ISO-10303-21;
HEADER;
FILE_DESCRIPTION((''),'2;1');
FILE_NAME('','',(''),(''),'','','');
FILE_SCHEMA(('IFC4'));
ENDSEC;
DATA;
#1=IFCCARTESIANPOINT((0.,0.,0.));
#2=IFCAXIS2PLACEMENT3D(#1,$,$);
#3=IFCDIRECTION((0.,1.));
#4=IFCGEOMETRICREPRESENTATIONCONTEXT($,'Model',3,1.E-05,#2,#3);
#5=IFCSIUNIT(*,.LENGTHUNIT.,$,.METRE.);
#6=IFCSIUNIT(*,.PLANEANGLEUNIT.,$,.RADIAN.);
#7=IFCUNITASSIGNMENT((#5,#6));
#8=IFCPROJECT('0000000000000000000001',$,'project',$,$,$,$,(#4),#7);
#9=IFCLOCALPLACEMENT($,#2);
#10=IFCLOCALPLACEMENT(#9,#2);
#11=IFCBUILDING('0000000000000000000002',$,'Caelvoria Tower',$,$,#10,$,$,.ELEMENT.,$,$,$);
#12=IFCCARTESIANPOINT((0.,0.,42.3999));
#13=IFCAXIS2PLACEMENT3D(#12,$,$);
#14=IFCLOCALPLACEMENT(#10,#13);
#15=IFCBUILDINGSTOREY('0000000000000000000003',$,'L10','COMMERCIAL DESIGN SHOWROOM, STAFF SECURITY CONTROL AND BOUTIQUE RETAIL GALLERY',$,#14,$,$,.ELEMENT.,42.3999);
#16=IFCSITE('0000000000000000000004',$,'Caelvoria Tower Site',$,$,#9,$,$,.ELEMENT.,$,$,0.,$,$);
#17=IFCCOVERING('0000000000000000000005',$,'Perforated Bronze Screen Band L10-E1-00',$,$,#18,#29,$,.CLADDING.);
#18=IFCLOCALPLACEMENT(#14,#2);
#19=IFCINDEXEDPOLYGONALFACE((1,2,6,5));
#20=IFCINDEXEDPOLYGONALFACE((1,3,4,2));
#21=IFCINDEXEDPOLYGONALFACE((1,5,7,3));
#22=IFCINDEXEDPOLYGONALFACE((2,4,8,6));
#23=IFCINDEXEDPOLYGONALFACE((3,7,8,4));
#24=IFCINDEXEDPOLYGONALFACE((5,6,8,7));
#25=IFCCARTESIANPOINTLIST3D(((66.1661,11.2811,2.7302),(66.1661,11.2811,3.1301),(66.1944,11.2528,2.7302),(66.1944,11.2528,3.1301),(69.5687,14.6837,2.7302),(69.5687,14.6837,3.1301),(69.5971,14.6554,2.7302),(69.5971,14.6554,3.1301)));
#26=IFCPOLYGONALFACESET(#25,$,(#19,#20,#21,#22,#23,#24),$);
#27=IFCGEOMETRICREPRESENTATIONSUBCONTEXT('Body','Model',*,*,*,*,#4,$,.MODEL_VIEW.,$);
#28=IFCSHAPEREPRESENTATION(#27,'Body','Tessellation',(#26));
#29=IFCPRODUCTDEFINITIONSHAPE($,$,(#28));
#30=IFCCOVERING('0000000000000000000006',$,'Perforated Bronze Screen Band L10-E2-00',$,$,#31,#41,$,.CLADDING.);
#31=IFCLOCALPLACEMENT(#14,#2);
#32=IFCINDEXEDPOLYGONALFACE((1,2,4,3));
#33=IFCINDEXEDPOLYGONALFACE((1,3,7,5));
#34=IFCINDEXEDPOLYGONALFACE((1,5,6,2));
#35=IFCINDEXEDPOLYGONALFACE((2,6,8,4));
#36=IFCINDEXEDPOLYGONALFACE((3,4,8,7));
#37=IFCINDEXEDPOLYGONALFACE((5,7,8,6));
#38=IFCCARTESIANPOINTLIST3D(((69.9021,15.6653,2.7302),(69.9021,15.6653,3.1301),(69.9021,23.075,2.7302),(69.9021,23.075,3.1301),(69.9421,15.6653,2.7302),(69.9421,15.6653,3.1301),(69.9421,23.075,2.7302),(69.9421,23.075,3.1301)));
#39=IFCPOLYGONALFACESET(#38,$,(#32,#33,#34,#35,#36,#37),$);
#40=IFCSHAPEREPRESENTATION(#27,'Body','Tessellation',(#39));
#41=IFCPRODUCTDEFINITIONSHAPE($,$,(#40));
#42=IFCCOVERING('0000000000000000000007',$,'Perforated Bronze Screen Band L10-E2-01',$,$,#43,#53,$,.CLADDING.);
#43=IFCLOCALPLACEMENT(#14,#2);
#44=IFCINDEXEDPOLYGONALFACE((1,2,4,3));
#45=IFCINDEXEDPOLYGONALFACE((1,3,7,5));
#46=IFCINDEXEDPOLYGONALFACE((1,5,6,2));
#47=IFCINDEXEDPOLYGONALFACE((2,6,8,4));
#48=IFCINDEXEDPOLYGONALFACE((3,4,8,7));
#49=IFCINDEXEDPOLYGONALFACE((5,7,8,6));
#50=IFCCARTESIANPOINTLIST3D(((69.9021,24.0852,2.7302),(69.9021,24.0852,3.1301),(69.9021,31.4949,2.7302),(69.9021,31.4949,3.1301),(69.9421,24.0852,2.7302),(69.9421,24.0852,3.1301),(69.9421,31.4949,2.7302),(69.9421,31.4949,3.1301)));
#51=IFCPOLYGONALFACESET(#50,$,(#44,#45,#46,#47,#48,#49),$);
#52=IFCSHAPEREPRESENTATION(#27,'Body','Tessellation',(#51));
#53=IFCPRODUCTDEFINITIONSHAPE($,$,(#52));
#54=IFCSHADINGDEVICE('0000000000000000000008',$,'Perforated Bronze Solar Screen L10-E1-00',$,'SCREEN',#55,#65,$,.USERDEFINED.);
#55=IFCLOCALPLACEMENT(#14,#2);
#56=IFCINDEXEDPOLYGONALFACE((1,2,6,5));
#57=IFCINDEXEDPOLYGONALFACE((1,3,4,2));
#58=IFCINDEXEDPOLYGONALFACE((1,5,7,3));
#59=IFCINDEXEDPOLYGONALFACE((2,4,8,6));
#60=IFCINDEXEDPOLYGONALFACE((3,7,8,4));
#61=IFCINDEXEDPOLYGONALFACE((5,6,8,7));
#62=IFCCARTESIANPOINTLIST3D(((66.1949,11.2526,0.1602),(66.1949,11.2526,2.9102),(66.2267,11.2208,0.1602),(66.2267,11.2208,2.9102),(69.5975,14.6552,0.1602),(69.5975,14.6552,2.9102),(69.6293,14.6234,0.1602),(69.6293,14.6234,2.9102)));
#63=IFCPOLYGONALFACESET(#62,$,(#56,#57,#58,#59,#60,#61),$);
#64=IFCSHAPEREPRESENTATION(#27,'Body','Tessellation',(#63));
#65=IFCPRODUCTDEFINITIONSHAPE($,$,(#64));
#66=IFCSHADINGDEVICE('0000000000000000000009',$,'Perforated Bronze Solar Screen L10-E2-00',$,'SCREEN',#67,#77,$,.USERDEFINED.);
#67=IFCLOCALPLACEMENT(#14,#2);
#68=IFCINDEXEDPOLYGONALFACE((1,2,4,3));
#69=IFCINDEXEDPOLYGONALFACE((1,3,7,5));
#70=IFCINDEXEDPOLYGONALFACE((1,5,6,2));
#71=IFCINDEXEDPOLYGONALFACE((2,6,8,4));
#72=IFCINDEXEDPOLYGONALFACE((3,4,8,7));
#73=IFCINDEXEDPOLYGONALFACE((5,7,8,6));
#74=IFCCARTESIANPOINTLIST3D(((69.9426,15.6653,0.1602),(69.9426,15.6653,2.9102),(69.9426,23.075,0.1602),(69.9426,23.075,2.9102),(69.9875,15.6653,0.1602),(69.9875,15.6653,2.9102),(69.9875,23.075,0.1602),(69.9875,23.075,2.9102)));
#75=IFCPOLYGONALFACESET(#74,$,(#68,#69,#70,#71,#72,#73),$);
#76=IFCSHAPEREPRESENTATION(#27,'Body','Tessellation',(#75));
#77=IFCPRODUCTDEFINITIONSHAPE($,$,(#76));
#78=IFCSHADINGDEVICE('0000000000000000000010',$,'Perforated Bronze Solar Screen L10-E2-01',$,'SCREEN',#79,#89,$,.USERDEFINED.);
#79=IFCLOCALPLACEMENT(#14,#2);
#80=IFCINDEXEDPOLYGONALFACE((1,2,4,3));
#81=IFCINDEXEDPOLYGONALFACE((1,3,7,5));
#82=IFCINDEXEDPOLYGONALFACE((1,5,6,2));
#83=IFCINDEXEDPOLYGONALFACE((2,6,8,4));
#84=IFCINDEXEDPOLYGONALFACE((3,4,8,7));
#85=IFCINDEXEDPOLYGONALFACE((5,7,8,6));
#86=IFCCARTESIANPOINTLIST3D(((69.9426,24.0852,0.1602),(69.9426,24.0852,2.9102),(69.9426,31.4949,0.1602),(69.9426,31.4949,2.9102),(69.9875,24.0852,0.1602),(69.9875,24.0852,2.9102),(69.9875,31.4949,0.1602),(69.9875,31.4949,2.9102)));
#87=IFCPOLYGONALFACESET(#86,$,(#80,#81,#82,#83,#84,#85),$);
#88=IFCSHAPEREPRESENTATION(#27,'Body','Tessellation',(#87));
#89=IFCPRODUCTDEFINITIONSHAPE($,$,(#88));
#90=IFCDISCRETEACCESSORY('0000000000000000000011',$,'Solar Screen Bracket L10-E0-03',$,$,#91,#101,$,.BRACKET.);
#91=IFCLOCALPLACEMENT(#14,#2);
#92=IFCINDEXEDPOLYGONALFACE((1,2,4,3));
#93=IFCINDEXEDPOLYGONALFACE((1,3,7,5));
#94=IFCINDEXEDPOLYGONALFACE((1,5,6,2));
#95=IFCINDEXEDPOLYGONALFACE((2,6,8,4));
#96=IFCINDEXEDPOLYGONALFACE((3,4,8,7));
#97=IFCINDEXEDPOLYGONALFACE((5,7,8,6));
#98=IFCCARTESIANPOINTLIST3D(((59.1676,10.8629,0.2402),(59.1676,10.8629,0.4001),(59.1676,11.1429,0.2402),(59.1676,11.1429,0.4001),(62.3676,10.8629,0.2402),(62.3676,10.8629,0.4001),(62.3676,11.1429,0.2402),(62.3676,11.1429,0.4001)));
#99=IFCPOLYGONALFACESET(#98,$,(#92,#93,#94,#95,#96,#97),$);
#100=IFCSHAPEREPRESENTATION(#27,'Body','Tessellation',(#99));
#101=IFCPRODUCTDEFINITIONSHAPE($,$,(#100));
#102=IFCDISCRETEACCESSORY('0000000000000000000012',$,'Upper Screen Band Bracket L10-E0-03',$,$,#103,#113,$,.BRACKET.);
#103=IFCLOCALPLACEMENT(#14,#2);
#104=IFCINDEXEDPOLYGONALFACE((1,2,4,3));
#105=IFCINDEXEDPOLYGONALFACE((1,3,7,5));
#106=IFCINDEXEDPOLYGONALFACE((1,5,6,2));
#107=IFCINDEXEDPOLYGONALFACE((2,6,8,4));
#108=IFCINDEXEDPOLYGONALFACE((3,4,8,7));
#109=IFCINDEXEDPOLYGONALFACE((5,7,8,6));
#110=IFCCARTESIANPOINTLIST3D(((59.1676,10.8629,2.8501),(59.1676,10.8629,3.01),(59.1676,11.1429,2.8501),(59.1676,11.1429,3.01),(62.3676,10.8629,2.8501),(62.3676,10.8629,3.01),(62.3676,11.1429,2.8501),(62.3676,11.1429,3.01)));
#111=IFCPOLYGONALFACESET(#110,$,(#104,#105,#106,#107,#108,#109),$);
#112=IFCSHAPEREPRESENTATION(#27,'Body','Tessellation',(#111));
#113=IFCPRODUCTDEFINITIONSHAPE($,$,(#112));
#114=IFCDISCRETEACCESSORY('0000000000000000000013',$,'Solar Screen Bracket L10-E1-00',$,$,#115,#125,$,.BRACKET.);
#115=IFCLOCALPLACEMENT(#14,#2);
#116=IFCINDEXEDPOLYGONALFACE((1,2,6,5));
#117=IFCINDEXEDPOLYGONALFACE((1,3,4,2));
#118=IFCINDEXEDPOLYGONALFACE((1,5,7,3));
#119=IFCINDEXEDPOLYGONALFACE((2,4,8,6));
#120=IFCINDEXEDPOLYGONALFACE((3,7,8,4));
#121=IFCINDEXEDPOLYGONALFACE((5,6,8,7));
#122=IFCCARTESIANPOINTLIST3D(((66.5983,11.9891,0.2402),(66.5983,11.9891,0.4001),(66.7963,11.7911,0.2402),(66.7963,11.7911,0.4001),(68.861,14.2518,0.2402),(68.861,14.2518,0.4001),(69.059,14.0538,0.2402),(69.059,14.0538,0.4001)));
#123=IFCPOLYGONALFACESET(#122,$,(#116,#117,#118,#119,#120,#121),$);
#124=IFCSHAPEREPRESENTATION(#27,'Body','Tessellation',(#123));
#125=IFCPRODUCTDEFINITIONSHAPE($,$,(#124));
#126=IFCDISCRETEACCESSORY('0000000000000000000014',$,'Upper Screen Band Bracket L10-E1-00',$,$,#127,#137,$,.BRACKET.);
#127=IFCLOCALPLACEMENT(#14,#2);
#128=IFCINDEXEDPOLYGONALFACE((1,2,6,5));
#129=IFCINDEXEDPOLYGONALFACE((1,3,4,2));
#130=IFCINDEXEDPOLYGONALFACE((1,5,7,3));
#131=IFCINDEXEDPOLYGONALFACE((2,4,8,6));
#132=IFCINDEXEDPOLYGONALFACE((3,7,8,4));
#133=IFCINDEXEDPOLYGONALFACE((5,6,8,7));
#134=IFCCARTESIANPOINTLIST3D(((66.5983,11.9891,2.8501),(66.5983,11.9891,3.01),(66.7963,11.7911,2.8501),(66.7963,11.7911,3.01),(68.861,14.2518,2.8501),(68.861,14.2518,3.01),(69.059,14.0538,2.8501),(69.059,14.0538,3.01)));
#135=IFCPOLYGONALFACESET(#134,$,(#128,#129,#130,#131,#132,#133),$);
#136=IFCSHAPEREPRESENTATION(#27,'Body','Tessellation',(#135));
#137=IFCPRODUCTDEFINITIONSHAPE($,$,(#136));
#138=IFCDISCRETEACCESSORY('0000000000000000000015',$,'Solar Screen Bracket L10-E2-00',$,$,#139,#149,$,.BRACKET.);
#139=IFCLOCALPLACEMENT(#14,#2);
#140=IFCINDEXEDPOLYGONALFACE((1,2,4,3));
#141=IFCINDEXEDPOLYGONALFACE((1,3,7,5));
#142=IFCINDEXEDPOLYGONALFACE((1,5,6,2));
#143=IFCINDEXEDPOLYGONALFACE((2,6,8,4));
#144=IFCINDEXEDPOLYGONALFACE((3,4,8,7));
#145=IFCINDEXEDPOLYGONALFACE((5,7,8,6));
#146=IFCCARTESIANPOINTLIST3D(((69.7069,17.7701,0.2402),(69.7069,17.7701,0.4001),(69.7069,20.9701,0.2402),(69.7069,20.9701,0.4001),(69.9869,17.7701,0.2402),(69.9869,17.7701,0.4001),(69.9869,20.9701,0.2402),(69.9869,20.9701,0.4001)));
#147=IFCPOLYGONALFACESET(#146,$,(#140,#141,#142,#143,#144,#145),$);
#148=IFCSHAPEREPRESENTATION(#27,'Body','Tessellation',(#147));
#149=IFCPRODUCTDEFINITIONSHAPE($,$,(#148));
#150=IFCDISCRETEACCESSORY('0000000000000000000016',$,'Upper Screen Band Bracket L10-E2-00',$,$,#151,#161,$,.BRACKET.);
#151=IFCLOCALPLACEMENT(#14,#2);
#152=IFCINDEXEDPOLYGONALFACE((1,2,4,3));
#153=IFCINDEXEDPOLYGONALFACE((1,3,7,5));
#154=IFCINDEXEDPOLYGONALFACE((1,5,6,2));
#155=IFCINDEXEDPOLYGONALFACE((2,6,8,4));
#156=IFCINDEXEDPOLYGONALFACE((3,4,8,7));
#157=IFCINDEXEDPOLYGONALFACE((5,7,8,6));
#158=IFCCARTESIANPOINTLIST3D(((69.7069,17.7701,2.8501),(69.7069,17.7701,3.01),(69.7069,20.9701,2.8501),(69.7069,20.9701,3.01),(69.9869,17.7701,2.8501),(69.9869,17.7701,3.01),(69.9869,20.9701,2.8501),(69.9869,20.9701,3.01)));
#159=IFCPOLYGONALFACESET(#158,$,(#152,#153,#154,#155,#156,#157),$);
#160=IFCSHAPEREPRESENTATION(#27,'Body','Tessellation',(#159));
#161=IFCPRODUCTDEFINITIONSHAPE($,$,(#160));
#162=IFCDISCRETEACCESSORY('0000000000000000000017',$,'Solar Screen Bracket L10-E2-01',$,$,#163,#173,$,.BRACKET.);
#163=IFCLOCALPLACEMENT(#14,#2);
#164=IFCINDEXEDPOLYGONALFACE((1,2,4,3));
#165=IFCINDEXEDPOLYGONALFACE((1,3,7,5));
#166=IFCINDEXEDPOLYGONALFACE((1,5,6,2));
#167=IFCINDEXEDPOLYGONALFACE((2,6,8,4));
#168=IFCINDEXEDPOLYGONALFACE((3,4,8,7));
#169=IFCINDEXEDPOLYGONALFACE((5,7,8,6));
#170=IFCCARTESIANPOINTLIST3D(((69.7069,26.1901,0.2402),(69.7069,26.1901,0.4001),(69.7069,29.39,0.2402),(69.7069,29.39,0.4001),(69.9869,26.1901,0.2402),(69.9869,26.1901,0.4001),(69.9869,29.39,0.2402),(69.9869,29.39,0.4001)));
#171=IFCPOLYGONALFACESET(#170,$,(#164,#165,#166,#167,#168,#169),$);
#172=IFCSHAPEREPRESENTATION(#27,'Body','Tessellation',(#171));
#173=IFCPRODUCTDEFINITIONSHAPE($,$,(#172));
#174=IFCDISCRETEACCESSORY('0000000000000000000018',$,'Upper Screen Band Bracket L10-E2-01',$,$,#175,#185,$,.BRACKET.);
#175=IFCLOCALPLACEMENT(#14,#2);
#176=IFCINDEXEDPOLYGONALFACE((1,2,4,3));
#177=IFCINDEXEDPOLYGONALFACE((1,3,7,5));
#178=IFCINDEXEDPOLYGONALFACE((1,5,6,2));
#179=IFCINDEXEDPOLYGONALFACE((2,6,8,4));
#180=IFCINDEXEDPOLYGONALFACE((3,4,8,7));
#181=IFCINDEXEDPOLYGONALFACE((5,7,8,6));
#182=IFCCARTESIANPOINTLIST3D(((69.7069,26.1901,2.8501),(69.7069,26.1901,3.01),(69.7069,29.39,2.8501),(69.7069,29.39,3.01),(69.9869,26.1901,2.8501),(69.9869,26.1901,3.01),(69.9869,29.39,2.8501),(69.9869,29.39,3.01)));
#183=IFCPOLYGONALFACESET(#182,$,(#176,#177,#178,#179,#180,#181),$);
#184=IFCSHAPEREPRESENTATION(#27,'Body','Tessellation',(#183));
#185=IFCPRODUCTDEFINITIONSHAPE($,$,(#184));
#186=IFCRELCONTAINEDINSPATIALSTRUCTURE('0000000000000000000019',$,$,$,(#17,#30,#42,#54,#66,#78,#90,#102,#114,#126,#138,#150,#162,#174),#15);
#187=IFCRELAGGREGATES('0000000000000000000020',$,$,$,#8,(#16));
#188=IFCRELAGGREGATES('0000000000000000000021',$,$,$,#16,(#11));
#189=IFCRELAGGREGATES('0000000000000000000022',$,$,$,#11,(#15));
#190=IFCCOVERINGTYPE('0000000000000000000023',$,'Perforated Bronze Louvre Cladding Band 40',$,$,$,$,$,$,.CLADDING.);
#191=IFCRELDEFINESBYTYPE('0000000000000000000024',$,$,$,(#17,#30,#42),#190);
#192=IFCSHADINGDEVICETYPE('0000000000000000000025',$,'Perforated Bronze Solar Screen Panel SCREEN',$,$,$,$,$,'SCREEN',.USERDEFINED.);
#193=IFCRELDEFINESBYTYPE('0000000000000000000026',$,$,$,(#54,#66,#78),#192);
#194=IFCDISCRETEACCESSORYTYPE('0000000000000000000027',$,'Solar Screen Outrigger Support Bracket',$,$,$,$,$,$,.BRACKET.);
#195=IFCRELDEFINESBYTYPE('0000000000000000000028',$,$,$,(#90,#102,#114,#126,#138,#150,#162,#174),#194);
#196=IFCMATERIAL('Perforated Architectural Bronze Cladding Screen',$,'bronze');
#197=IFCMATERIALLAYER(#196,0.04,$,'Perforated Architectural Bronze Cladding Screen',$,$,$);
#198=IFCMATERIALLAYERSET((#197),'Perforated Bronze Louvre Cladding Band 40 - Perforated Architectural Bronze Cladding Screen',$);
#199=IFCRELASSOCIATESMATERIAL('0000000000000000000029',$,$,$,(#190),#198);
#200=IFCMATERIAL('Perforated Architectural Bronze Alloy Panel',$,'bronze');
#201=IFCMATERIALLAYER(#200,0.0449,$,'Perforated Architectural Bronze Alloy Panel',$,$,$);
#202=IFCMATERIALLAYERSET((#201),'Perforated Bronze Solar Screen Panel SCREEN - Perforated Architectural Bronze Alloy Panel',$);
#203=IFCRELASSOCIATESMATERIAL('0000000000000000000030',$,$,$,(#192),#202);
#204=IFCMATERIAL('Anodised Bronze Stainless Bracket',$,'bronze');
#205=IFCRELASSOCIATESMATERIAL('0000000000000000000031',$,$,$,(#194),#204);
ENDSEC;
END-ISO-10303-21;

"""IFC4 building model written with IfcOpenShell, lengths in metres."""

from ifc_helpers import new_model, si_unit, direction, frame, origin, origin_2d, place, context, subcontext, project, spatial, rectangle, extrude, material, layer, layer_set, type_object, element, save


model = new_model("IFC4")

# Units and contexts
model_context = context("Model", 3, precision=1e-05, world=origin(), true_north=direction((0.0, 1.0)))
body_context = subcontext(model_context, "Body", "Model", "MODEL_VIEW")
ifc_project = project(units=[si_unit("LENGTHUNIT", "METRE"), si_unit("PLANEANGLEUNIT", "RADIAN")], contexts=[model_context])

# Site, building, storey
site_placement = place(None, origin())
site = spatial("IfcSite", under=ifc_project, at=site_placement, Name="Caelvoria Tower Site", CompositionType="ELEMENT", RefElevation=0.0)
building_placement = place(site_placement, origin())
building = spatial("IfcBuilding", under=site, at=building_placement, Name="Caelvoria Tower", CompositionType="ELEMENT")
storey_placement = place(building_placement, frame((0.0, 0.0, 42.3999)))
storey = spatial("IfcBuildingStorey", under=building, at=storey_placement, Name="L10", Description="COMMERCIAL DESIGN SHOWROOM, STAFF SECURITY CONTROL AND BOUTIQUE RETAIL GALLERY", CompositionType="ELEMENT", Elevation=42.3999)

# Coverings
ifc_material_1 = material(Name="Perforated Architectural Bronze Cladding Screen", Category="bronze")
ifc_layer_1 = layer(ifc_material_1, 0.04, Name="Perforated Architectural Bronze Cladding Screen")
ifc_layer_set_1 = layer_set([ifc_layer_1], Name="Perforated Bronze Louvre Cladding Band 40 - Perforated Architectural Bronze Cladding Screen")
covering_type = type_object("IfcCoveringType", Name="Perforated Bronze Louvre Cladding Band 40", PredefinedType="CLADDING", material=ifc_layer_set_1)
covering_1_placement = place(storey_placement, frame((67.8816, 12.9683, 2.7302), z_axis=(0.0, 0.0, 1.0), x_axis=(0.707107, 0.707107, 0.0)))
element("IfcCovering", 1, at=covering_1_placement, inside=storey, type_object=covering_type, Name="Perforated Bronze Screen Band L10-E1-00", PredefinedType="CLADDING", context=body_context, shape_type="SweptSolid", body=[
    extrude(rectangle(XDim=4.812, YDim=0.04, at=origin_2d()), origin(), (0.0, 0.0, 1.0), 0.3999),
])
for number, where, z_axis, x_axis, name in (
    (2, (69.9221, 19.3701, 2.7302), (0.0, 0.0, 1.0), (0.0, 1.0, 0.0), "Perforated Bronze Screen Band L10-E2-00"),
    (3, (69.9221, 27.79, 2.7302), (0.0, 0.0, 1.0), (0.0, 1.0, 0.0), "Perforated Bronze Screen Band L10-E2-01"),
):
    element("IfcCovering", number, at=place(storey_placement, frame(where, z_axis=z_axis, x_axis=x_axis)), inside=storey, type_object=covering_type, Name=name, PredefinedType="CLADDING", context=body_context, shape_type="SweptSolid", body=[
        extrude(rectangle(XDim=7.4097, YDim=0.04, at=origin_2d()), origin(), (0.0, 0.0, 1.0), 0.3999),
    ])

# Shading devices
ifc_material_2 = material(Name="Perforated Architectural Bronze Alloy Panel", Category="bronze")
ifc_layer_2 = layer(ifc_material_2, 0.0449, Name="Perforated Architectural Bronze Alloy Panel")
ifc_layer_set_2 = layer_set([ifc_layer_2], Name="Perforated Bronze Solar Screen Panel SCREEN - Perforated Architectural Bronze Alloy Panel")
shading_device_type = type_object("IfcShadingDeviceType", Name="Perforated Bronze Solar Screen Panel SCREEN", ElementType="SCREEN", PredefinedType="USERDEFINED", material=ifc_layer_set_2)
shading_device_placement = place(storey_placement, frame((67.9121, 12.938, 0.1602), z_axis=(0.0, 0.0, 1.0), x_axis=(0.707107, 0.707107, 0.0)))
element("IfcShadingDevice", 4, at=shading_device_placement, inside=storey, type_object=shading_device_type, Name="Perforated Bronze Solar Screen L10-E1-00", ObjectType="SCREEN", PredefinedType="USERDEFINED", context=body_context, shape_type="SweptSolid", body=[
    extrude(rectangle(XDim=4.812, YDim=0.0449, at=origin_2d()), origin(), (0.0, 0.0, 1.0), 2.75),
])
for number, where, z_axis, x_axis, name in (
    (5, (69.9651, 19.3701, 0.1602), (0.0, 0.0, 1.0), (0.0, 1.0, 0.0), "Perforated Bronze Solar Screen L10-E2-00"),
    (6, (69.9651, 27.79, 0.1602), (0.0, 0.0, 1.0), (0.0, 1.0, 0.0), "Perforated Bronze Solar Screen L10-E2-01"),
):
    element("IfcShadingDevice", number, at=place(storey_placement, frame(where, z_axis=z_axis, x_axis=x_axis)), inside=storey, type_object=shading_device_type, Name=name, ObjectType="SCREEN", PredefinedType="USERDEFINED", context=body_context, shape_type="SweptSolid", body=[
        extrude(rectangle(XDim=7.4097, YDim=0.0449, at=origin_2d()), origin(), (0.0, 0.0, 1.0), 2.75),
    ])

# Discrete accessories
ifc_material_3 = material(Name="Anodised Bronze Stainless Bracket", Category="bronze")
discrete_accessory_type = type_object("IfcDiscreteAccessoryType", Name="Solar Screen Outrigger Support Bracket", PredefinedType="BRACKET", material=ifc_material_3)
for number, where, z_axis, x_axis, name in (
    (7, (60.7676, 11.0029, 0.2402), (0.0, 0.0, 1.0), (1.0, 0.0, 0.0), "Solar Screen Bracket L10-E0-03"),
    (8, (60.7676, 11.0029, 2.8501), (0.0, 0.0, 1.0), (1.0, 0.0, 0.0), "Upper Screen Band Bracket L10-E0-03"),
    (9, (67.8286, 13.0215, 0.2402), (0.0, 0.0, 1.0), (0.707107, 0.707107, 0.0), "Solar Screen Bracket L10-E1-00"),
    (10, (67.8286, 13.0215, 2.8501), (0.0, 0.0, 1.0), (0.707107, 0.707107, 0.0), "Upper Screen Band Bracket L10-E1-00"),
    (11, (69.8469, 19.3701, 0.2402), (0.0, 0.0, 1.0), (0.0, 1.0, 0.0), "Solar Screen Bracket L10-E2-00"),
    (12, (69.8469, 19.3701, 2.8501), (0.0, 0.0, 1.0), (0.0, 1.0, 0.0), "Upper Screen Band Bracket L10-E2-00"),
    (13, (69.8469, 27.79, 0.2402), (0.0, 0.0, 1.0), (0.0, 1.0, 0.0), "Solar Screen Bracket L10-E2-01"),
    (14, (69.8469, 27.79, 2.8501), (0.0, 0.0, 1.0), (0.0, 1.0, 0.0), "Upper Screen Band Bracket L10-E2-01"),
):
    element("IfcDiscreteAccessory", number, at=place(storey_placement, frame(where, z_axis=z_axis, x_axis=x_axis)), inside=storey, type_object=discrete_accessory_type, Name=name, PredefinedType="BRACKET", context=body_context, shape_type="SweptSolid", body=[
        extrude(rectangle(XDim=3.2, YDim=0.28, at=origin_2d()), origin(), (0.0, 0.0, 1.0), 0.1599),
    ])

save(model, "model.ifc")
